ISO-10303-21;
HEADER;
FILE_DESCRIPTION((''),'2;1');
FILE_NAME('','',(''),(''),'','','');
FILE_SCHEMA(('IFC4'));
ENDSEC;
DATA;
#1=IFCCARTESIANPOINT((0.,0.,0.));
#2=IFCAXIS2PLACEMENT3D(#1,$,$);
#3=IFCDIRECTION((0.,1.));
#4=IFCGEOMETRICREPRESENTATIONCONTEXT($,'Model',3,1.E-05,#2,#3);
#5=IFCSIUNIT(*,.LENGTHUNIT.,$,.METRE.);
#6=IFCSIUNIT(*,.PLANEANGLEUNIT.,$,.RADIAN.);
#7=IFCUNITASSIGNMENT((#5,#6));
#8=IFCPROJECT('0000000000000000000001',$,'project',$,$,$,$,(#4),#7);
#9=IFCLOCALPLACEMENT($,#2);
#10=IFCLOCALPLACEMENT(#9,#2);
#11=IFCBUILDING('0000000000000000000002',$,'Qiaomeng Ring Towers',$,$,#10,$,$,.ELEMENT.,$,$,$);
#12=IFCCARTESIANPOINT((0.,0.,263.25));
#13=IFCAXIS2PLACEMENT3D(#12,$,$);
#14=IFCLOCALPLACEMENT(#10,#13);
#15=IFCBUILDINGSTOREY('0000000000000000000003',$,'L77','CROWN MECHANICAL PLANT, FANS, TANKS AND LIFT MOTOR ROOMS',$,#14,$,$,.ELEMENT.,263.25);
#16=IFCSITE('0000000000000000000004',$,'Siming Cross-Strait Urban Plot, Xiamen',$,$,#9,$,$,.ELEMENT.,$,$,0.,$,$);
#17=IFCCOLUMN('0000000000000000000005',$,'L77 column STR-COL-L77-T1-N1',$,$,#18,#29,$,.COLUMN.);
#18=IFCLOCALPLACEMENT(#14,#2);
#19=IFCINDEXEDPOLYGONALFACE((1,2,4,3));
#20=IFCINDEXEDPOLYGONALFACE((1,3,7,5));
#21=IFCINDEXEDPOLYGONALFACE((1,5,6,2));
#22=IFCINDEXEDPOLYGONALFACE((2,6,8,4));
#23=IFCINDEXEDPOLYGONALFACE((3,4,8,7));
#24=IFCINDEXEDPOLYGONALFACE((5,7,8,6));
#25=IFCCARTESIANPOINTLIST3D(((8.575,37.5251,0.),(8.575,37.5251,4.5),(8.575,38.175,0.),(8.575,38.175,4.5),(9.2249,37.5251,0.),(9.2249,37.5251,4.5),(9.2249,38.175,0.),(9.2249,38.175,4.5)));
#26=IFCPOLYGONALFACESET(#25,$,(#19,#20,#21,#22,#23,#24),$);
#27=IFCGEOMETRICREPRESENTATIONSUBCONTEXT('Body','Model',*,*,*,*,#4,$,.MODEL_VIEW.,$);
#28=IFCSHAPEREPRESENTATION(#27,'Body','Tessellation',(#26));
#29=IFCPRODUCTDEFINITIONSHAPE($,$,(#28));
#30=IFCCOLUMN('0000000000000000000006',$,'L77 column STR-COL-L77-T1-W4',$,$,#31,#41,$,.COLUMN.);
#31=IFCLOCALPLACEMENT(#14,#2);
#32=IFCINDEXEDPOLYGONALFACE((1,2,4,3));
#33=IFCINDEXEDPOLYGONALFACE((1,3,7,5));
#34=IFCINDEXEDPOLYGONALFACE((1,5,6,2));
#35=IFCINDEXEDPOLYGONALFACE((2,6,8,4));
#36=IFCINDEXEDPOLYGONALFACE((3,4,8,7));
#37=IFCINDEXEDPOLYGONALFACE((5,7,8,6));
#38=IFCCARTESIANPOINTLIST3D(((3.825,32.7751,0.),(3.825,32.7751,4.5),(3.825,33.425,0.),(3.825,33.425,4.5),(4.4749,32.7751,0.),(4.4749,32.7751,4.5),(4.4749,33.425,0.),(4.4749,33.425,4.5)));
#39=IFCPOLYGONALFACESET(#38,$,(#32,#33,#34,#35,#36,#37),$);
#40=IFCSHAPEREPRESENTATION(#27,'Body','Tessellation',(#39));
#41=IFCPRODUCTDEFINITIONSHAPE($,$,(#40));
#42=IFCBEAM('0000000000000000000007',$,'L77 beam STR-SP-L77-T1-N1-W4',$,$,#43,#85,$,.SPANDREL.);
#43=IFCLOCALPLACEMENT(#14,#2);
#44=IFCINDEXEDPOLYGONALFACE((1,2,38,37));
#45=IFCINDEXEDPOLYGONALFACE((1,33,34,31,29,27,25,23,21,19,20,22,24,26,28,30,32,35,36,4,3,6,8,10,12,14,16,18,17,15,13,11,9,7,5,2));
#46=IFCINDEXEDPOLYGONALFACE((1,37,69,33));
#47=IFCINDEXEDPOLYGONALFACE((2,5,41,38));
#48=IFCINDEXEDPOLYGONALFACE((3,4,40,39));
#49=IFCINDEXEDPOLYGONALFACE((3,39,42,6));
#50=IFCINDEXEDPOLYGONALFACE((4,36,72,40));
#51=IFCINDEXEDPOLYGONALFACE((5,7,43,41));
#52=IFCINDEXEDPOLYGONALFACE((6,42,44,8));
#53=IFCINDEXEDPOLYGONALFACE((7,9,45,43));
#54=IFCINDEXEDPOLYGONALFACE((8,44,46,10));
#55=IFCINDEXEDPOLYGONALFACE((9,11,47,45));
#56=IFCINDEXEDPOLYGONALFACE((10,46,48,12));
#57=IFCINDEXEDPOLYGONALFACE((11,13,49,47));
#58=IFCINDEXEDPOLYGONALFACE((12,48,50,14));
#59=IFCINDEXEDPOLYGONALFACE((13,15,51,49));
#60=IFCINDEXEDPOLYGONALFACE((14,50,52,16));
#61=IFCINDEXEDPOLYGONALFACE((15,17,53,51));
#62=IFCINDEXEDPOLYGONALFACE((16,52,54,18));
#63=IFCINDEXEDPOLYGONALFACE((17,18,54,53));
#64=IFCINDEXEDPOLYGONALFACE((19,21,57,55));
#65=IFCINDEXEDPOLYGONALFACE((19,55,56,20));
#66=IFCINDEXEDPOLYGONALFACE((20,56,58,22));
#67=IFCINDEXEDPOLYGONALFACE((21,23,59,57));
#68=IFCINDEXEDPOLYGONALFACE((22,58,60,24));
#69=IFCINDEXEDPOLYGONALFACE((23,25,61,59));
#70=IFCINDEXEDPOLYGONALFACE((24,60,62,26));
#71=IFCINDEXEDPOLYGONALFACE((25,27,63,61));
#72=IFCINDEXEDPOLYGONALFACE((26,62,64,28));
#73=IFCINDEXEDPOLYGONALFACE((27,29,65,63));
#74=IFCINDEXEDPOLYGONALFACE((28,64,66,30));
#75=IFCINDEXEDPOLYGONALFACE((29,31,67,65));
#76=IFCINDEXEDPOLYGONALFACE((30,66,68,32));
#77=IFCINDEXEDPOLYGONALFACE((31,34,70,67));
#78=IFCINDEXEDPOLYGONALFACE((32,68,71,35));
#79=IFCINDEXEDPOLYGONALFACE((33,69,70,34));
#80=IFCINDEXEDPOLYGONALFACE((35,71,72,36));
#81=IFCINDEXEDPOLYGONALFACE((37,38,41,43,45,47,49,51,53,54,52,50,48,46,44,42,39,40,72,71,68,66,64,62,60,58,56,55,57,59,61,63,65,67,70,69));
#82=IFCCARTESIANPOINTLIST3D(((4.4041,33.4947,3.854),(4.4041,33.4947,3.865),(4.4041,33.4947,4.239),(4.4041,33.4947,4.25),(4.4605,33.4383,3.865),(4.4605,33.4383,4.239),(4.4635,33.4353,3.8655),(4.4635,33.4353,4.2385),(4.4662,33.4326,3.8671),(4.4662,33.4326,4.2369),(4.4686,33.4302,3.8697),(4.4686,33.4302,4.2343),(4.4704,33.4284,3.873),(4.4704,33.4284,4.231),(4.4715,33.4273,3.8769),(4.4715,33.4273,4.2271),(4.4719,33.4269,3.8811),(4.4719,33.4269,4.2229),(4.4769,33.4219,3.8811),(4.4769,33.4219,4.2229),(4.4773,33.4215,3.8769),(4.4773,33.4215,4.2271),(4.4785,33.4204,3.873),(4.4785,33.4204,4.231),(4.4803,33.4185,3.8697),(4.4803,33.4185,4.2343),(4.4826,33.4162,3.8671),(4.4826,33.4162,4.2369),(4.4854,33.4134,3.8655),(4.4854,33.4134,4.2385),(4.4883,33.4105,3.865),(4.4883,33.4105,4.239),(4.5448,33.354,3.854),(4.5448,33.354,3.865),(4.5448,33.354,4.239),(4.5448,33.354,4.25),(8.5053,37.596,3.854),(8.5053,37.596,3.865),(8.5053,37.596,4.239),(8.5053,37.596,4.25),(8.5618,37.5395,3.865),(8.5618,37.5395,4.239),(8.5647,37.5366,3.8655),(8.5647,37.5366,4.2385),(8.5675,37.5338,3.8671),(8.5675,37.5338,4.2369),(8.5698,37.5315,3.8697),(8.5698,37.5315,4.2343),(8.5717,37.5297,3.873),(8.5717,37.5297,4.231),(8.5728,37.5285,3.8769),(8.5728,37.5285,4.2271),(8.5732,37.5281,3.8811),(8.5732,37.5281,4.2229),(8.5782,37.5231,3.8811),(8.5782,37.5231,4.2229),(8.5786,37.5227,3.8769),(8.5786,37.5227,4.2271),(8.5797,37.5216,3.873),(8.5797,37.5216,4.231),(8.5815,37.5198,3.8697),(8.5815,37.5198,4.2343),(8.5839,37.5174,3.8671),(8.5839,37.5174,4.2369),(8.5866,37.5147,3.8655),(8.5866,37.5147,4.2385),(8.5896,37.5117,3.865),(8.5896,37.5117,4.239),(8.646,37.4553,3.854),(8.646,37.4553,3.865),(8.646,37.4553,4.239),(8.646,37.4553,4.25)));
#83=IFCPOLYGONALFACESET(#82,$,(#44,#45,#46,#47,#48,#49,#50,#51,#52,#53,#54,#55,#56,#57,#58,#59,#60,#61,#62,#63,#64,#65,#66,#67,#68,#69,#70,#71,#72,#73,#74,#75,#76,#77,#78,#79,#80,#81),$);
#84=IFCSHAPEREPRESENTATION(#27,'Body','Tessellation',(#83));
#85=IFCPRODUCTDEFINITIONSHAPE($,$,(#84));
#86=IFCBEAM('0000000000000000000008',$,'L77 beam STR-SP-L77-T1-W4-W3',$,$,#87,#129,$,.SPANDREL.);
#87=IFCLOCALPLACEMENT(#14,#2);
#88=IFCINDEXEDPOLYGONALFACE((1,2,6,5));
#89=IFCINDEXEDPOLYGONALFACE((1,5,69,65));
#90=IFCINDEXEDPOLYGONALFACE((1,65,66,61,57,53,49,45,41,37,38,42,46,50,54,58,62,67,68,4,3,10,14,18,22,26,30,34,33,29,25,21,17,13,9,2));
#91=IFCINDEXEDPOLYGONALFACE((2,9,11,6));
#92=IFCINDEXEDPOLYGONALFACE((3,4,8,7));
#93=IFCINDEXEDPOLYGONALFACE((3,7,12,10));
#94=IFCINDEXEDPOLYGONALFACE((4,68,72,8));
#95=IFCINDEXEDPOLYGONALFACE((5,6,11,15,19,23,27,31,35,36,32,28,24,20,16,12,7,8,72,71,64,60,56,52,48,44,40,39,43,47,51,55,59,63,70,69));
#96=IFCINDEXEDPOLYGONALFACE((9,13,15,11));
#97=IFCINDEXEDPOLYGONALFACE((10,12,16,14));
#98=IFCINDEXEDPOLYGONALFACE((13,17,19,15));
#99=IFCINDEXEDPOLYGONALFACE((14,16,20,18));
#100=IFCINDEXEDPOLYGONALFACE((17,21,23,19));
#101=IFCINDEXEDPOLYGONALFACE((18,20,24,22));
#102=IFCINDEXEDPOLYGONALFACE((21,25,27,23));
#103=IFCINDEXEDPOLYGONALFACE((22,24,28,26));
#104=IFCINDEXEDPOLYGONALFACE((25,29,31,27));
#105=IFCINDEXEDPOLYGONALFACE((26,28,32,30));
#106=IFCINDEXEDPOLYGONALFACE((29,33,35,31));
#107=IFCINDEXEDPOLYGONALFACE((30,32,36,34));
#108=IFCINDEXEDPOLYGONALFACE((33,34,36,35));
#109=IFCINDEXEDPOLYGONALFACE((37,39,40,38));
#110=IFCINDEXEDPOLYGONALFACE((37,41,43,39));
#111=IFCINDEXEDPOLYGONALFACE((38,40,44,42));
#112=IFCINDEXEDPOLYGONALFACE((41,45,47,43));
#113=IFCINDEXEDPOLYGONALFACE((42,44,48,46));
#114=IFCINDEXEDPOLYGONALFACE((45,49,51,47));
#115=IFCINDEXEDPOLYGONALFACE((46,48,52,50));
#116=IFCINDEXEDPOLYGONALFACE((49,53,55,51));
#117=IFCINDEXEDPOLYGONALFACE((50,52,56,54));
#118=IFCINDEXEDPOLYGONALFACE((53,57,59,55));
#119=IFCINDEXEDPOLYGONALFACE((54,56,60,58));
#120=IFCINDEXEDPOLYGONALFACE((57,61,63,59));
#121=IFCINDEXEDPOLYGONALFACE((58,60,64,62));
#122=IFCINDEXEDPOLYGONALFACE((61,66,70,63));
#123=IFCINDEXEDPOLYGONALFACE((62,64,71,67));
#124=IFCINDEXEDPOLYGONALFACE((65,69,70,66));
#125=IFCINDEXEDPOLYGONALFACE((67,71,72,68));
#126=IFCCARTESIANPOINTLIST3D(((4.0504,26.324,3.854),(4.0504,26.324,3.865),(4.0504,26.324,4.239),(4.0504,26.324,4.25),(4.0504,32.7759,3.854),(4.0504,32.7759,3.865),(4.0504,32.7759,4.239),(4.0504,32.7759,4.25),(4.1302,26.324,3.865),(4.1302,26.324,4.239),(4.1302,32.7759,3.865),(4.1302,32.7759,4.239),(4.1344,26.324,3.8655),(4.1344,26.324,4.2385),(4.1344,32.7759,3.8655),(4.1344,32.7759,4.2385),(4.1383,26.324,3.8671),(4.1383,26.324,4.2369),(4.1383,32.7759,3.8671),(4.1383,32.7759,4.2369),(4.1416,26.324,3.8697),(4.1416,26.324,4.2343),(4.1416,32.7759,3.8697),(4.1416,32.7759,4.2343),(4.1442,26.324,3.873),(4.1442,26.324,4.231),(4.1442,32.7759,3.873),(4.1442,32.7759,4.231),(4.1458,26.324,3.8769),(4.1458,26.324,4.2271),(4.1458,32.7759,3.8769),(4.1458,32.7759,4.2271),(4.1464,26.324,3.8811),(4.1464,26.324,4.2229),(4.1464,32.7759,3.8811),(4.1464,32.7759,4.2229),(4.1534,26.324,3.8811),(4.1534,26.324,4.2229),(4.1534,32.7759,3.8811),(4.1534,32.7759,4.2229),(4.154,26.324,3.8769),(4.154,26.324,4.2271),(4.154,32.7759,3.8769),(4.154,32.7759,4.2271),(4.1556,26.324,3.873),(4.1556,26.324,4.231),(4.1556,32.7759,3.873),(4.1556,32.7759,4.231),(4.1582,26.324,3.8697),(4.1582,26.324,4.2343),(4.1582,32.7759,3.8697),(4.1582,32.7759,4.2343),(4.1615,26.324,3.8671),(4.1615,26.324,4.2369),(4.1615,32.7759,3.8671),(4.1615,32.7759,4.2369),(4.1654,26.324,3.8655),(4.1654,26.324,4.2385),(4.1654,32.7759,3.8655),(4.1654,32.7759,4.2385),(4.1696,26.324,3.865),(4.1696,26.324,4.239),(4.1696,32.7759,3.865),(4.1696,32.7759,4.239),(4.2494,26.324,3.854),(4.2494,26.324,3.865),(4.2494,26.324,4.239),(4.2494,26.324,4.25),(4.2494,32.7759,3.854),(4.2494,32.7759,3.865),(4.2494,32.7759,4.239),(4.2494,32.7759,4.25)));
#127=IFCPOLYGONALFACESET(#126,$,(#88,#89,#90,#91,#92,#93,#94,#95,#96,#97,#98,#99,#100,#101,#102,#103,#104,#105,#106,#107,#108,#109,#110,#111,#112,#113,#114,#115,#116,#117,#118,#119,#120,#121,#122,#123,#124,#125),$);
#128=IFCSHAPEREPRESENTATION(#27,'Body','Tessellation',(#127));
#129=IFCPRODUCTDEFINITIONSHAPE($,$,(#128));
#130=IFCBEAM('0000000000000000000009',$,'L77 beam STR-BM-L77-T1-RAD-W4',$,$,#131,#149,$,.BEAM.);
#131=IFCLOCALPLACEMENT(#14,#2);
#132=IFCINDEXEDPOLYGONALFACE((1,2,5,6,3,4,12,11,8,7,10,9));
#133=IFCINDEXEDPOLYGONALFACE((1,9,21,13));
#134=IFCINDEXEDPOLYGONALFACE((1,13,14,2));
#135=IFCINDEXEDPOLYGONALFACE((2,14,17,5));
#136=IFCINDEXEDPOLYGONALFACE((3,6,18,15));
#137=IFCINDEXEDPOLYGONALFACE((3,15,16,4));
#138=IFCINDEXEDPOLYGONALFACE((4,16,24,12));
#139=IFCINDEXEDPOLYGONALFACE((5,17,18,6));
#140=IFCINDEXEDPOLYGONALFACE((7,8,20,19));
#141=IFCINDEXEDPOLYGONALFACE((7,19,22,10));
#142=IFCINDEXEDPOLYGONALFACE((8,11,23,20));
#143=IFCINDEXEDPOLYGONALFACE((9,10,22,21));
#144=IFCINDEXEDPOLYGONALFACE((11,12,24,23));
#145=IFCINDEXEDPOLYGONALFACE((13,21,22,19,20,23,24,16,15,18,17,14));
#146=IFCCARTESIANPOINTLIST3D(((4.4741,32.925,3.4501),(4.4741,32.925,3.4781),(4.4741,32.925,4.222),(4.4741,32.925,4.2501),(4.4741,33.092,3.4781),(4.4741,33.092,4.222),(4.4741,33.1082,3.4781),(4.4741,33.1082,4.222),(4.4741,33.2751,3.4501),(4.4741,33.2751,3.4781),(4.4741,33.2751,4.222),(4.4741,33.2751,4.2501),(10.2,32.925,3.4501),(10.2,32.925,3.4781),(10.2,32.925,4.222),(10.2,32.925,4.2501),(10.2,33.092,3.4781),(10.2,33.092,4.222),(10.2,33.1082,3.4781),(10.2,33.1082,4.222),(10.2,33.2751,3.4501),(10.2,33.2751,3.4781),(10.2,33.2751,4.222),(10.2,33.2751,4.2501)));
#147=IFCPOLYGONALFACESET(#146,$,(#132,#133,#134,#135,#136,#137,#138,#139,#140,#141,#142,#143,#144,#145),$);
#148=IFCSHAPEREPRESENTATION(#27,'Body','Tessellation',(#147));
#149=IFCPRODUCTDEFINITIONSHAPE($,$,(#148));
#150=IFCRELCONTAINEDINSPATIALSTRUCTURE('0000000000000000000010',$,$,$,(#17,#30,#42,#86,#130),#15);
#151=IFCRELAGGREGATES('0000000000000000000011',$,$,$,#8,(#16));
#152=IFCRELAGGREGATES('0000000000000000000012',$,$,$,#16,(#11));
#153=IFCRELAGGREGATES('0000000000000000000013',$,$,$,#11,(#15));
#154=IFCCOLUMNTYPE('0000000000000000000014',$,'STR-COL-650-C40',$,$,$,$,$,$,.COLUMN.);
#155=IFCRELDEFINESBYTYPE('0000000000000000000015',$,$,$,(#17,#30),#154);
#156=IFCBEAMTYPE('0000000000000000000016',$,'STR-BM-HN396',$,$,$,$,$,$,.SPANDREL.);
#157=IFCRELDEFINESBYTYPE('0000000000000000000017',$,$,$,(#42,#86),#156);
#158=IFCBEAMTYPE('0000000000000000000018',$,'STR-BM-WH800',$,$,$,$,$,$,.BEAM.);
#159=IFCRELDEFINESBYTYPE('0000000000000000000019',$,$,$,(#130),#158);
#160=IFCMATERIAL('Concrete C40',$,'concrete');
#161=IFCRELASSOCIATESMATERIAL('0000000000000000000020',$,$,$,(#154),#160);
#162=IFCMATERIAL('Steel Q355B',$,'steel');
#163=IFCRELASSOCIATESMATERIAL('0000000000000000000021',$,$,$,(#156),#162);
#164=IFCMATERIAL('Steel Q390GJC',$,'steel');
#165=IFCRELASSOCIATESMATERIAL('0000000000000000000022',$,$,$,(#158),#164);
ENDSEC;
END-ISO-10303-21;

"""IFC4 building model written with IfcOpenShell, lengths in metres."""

from ifc_helpers import new_model, si_unit, direction, frame, origin, origin_2d, place, context, subcontext, project, spatial, rectangle, i_section, extrude, source, transform, mapped, material, material_profile, profile_set, type_object, element, save


model = new_model("IFC4")

# Units and contexts
model_context = context("Model", 3, precision=1e-05, world=origin(), true_north=direction((0.0, 1.0)))
body_context = subcontext(model_context, "Body", "Model", "MODEL_VIEW")
ifc_project = project(units=[si_unit("LENGTHUNIT", "METRE"), si_unit("PLANEANGLEUNIT", "RADIAN")], contexts=[model_context])

# Site, building, storey
site_placement = place(None, origin())
site = spatial("IfcSite", under=ifc_project, at=site_placement, Name="Siming Cross-Strait Urban Plot, Xiamen", CompositionType="ELEMENT", RefElevation=0.0)
building_placement = place(site_placement, origin())
building = spatial("IfcBuilding", under=site, at=building_placement, Name="Qiaomeng Ring Towers", CompositionType="ELEMENT")
storey_placement = place(building_placement, frame((0.0, 0.0, 263.25)))
storey = spatial("IfcBuildingStorey", under=building, at=storey_placement, Name="L77", Description="CROWN MECHANICAL PLANT, FANS, TANKS AND LIFT MOTOR ROOMS", CompositionType="ELEMENT", Elevation=263.25)

# Columns
ifc_material_1 = material(Name="Concrete C40", Category="concrete")
ifc_material_profile_1 = material_profile(ifc_material_1, rectangle(XDim=0.6499, YDim=0.6499, at=origin_2d()), Name="RC COL 650x650")
ifc_profile_set_1 = profile_set([ifc_material_profile_1], Name="Concrete C40")
column_type = type_object("IfcColumnType", Name="STR-COL-650-C40", PredefinedType="COLUMN", material=ifc_profile_set_1)
shared_shape_1 = source(origin(), body_context, "Body", "SweptSolid", [
    extrude(rectangle(XDim=0.6499, YDim=0.6499, at=origin_2d()), origin(), (0.0, 0.0, 1.0), 4.5),
])
for number, where, z_axis, x_axis, name in (
    (1, (8.8999, 37.8501, 0.0), (0.0, 0.0, 1.0), (1.0, 0.0, 0.0), "L77 column STR-COL-L77-T1-N1"),
    (2, (4.1499, 33.1001, 0.0), (0.0, 0.0, 1.0), (1.0, 0.0, 0.0), "L77 column STR-COL-L77-T1-W4"),
):
    element("IfcColumn", number, at=place(storey_placement, frame(where, z_axis=z_axis, x_axis=x_axis)), inside=storey, type_object=column_type, Name=name, PredefinedType="COLUMN", context=body_context, shape_type="MappedRepresentation", body=[
        mapped(shared_shape_1, transform((0.0, 0.0, 0.0), x_axis=(1.0, 0.0, 0.0), y_axis=(0.0, 1.0, 0.0), z_axis=(0.0, 0.0, 1.0), scale=1.0)),
    ])

# Beams
ifc_material_2 = material(Name="Steel Q355B", Category="steel")
ifc_material_profile_2 = material_profile(ifc_material_2, i_section(OverallWidth=0.199, OverallDepth=0.396, WebThickness=0.0071, FlangeThickness=0.011, FilletRadius=0.0161, at=origin_2d()), Name="HN 396x199x7x11")
ifc_profile_set_2 = profile_set([ifc_material_profile_2], Name="Steel Q355B")
beam_type_1 = type_object("IfcBeamType", Name="STR-BM-HN396", PredefinedType="SPANDREL", material=ifc_profile_set_2)
shared_shape_2 = source(origin(), body_context, "Body", "SweptSolid", [
    extrude(i_section(OverallWidth=0.199, OverallDepth=0.396, WebThickness=0.0071, FlangeThickness=0.011, FilletRadius=0.0161, at=origin_2d()), origin(), (0.0, 0.0, 1.0), 5.8),
])
beam_1_placement = place(storey_placement, frame((8.5757, 37.5256, 4.052), z_axis=(-0.707107, -0.707107, 0.0), x_axis=(0.707107, -0.707107, 0.0)))
element("IfcBeam", 3, at=beam_1_placement, inside=storey, type_object=beam_type_1, Name="L77 beam STR-SP-L77-T1-N1-W4", PredefinedType="SPANDREL", context=body_context, shape_type="MappedRepresentation", body=[
    mapped(shared_shape_2, transform((0.0, 0.0, 0.0), x_axis=(1.0, 0.0, 0.0), y_axis=(0.0, 1.0, 0.0), z_axis=(0.0, 0.0, 1.0), scale=1.0)),
])
shared_shape_3 = source(origin(), body_context, "Body", "SweptSolid", [
    extrude(i_section(OverallWidth=0.199, OverallDepth=0.396, WebThickness=0.0071, FlangeThickness=0.011, FilletRadius=0.0161, at=origin_2d()), origin(), (0.0, 0.0, 1.0), 6.4519),
])
beam_2_placement = place(storey_placement, frame((4.1499, 32.7759, 4.052), z_axis=(0.0, -1.0, 0.0), x_axis=(1.0, 0.0, 0.0)))
element("IfcBeam", 4, at=beam_2_placement, inside=storey, type_object=beam_type_1, Name="L77 beam STR-SP-L77-T1-W4-W3", PredefinedType="SPANDREL", context=body_context, shape_type="MappedRepresentation", body=[
    mapped(shared_shape_3, transform((0.0, 0.0, 0.0), x_axis=(1.0, 0.0, 0.0), y_axis=(0.0, 1.0, 0.0), z_axis=(0.0, 0.0, 1.0), scale=1.0)),
])
ifc_material_3 = material(Name="Steel Q390GJC", Category="steel")
ifc_material_profile_3 = material_profile(ifc_material_3, i_section(OverallWidth=0.3501, OverallDepth=0.8, WebThickness=0.0161, FlangeThickness=0.0281, at=origin_2d()), Name="WH 800x350x16x28")
ifc_profile_set_3 = profile_set([ifc_material_profile_3], Name="Steel Q390GJC")
beam_type_2 = type_object("IfcBeamType", Name="STR-BM-WH800", PredefinedType="BEAM", material=ifc_profile_set_3)
shared_shape_4 = source(origin(), body_context, "Body", "SweptSolid", [
    extrude(i_section(OverallWidth=0.3501, OverallDepth=0.8, WebThickness=0.0161, FlangeThickness=0.0281, at=origin_2d()), origin(), (0.0, 0.0, 1.0), 5.7258),
])
beam_3_placement = place(storey_placement, frame((4.4741, 33.1001, 3.8501), z_axis=(1.0, 0.0, 0.0), x_axis=(0.0, 1.0, 0.0)))
element("IfcBeam", 5, at=beam_3_placement, inside=storey, type_object=beam_type_2, Name="L77 beam STR-BM-L77-T1-RAD-W4", PredefinedType="BEAM", context=body_context, shape_type="MappedRepresentation", body=[
    mapped(shared_shape_4, transform((0.0, 0.0, 0.0), x_axis=(1.0, 0.0, 0.0), y_axis=(0.0, 1.0, 0.0), z_axis=(0.0, 0.0, 1.0), scale=1.0)),
])

save(model, "model.ifc")
